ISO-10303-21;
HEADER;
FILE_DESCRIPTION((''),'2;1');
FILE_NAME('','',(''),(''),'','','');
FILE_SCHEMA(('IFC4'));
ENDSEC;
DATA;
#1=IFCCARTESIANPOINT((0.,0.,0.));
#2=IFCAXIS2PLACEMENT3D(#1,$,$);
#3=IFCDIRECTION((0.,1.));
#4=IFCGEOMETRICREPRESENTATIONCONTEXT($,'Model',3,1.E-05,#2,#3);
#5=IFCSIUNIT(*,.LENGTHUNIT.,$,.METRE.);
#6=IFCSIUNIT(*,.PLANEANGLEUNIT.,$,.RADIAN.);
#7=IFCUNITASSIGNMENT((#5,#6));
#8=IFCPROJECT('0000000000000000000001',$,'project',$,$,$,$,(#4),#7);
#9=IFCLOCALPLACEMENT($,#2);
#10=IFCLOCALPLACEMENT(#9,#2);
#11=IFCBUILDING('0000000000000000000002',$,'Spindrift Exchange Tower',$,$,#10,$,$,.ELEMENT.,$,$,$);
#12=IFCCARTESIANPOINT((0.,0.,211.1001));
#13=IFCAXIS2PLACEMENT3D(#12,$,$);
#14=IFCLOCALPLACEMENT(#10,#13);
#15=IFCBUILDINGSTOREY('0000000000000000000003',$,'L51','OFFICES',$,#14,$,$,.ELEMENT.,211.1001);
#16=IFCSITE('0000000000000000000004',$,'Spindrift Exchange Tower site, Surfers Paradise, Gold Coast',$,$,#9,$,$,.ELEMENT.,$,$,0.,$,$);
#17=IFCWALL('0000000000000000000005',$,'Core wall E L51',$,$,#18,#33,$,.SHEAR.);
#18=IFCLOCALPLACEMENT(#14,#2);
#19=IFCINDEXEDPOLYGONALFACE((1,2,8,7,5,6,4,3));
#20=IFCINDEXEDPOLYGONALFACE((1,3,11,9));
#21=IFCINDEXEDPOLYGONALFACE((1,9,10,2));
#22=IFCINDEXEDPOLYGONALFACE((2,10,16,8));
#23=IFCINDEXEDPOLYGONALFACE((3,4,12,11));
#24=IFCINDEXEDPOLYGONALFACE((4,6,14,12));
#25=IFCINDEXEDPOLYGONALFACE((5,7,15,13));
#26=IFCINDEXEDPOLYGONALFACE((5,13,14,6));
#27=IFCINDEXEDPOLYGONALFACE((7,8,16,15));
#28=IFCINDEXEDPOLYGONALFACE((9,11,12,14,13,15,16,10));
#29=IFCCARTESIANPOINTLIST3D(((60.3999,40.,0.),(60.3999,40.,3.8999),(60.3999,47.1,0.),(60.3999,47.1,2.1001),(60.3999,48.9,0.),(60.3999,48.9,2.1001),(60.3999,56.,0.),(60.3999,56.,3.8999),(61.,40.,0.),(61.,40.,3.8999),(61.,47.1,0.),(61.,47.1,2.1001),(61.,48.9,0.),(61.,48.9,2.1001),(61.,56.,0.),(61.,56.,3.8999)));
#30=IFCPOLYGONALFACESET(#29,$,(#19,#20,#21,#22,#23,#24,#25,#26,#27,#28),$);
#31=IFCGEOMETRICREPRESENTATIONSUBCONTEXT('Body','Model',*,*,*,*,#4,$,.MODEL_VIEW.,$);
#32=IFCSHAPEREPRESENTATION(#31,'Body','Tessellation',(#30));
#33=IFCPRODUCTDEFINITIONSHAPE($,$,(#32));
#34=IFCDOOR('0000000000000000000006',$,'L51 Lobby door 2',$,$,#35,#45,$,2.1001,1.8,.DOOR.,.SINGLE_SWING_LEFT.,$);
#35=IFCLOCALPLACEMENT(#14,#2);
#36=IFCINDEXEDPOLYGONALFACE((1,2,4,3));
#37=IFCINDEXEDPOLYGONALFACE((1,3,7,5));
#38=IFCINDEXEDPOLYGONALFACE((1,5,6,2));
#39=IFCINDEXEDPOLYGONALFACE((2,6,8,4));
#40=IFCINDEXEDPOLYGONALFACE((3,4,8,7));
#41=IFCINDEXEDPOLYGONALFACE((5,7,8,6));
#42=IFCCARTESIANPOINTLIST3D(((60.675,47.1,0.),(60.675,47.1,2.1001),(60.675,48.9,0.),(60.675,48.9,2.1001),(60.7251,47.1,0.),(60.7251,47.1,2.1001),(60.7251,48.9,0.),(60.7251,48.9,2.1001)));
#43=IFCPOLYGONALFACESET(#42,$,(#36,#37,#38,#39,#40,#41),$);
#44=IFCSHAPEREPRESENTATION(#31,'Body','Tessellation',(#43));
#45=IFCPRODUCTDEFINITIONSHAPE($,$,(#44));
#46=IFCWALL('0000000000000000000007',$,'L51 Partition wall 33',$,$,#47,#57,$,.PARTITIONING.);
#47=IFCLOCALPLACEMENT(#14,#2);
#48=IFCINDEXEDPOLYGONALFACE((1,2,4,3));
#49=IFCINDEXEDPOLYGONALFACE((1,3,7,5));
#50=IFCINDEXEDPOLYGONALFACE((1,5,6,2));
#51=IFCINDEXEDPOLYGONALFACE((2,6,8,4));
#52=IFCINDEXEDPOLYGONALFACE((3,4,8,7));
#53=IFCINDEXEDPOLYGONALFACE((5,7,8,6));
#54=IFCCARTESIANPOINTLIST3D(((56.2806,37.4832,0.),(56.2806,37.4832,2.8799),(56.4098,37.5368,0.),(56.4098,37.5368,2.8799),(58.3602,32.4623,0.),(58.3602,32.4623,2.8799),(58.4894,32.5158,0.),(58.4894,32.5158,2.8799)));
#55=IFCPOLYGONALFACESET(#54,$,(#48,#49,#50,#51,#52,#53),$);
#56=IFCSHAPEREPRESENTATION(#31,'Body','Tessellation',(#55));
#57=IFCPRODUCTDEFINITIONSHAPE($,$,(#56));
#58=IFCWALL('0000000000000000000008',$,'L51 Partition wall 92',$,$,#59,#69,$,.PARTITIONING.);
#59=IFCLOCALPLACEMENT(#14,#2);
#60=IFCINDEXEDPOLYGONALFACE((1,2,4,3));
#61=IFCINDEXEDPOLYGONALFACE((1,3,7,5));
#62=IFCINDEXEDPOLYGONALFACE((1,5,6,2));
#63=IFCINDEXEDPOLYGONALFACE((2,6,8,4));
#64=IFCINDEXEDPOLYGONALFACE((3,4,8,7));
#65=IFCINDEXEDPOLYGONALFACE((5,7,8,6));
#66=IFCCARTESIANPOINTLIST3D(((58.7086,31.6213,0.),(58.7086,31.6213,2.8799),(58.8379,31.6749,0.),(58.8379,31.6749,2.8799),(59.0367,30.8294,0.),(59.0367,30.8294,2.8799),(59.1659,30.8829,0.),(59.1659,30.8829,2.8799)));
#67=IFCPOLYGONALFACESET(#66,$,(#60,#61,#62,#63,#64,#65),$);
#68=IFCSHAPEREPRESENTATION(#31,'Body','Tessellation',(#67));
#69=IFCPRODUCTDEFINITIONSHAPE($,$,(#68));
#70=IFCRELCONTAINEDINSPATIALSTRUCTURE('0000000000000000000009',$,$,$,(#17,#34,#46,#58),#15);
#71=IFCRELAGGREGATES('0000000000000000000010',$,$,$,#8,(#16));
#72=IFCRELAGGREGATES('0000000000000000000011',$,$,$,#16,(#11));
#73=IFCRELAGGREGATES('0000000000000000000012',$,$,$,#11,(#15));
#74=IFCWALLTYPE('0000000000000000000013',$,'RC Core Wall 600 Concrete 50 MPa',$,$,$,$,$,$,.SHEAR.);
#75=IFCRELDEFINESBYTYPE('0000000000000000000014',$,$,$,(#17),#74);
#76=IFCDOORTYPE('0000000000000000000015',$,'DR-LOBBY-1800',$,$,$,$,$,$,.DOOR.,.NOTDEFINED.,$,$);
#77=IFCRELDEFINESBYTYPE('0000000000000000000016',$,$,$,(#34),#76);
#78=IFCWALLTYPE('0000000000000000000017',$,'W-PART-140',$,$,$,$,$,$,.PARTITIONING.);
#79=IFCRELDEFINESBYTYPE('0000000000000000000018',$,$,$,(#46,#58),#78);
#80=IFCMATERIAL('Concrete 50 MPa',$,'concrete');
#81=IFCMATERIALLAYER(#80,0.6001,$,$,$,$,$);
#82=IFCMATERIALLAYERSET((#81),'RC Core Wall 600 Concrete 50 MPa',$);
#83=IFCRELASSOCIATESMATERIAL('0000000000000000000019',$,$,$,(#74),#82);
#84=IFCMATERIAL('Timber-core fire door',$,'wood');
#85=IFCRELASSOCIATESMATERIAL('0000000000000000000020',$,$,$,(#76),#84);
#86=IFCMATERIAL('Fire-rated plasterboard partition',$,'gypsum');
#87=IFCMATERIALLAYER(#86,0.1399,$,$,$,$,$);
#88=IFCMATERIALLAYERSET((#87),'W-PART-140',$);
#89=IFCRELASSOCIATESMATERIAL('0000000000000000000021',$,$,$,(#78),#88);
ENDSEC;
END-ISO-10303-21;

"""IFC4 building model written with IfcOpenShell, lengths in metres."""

from ifc_helpers import new_model, si_unit, direction, frame, frame_2d, origin, place, context, subcontext, project, spatial, rectangle, extrude, source, transform, mapped, material, layer, layer_set, type_object, element, fill, save


model = new_model("IFC4")

# Units and contexts
model_context = context("Model", 3, precision=1e-05, world=origin(), true_north=direction((0.0, 1.0)))
body_context = subcontext(model_context, "Body", "Model", "MODEL_VIEW")
ifc_project = project(units=[si_unit("LENGTHUNIT", "METRE"), si_unit("PLANEANGLEUNIT", "RADIAN")], contexts=[model_context])

# Site, building, storey
site_placement = place(None, origin())
site = spatial("IfcSite", under=ifc_project, at=site_placement, Name="Spindrift Exchange Tower site, Surfers Paradise, Gold Coast", CompositionType="ELEMENT", RefElevation=0.0)
building_placement = place(site_placement, origin())
building = spatial("IfcBuilding", under=site, at=building_placement, Name="Spindrift Exchange Tower", CompositionType="ELEMENT")
storey_placement = place(building_placement, frame((0.0, 0.0, 211.1001)))
storey = spatial("IfcBuildingStorey", under=building, at=storey_placement, Name="L51", Description="OFFICES", CompositionType="ELEMENT", Elevation=211.1001)

# Shared definitions
ifc_material_1 = material(Name="Concrete 50 MPa", Category="concrete")

# Wall, opening, door
ifc_layer_1 = layer(ifc_material_1, 0.6001)
ifc_layer_set_1 = layer_set([ifc_layer_1], Name="RC Core Wall 600 Concrete 50 MPa")
wall_type_1 = type_object("IfcWallType", Name="RC Core Wall 600 Concrete 50 MPa", PredefinedType="SHEAR", material=ifc_layer_set_1)
wall_1_placement = place(storey_placement, frame((60.7, 40.0, 0.0), z_axis=(0.0, 0.0, 1.0), x_axis=(0.0, 1.0, 0.0)))
wall_1 = element("IfcWall", 1, at=wall_1_placement, inside=storey, type_object=wall_type_1, Name="Core wall E L51", PredefinedType="SHEAR", context=body_context, shape_type="SweptSolid", body=[
    extrude(rectangle(XDim=16.0, YDim=0.6001, at=frame_2d((8.0, 0.0))), origin(), (0.0, 0.0, 1.0), 3.8999),
])
opening_placement = place(wall_1_placement, frame((7.1001, 0.0, 0.0)))
opening = element("IfcOpeningElement", 2, at=opening_placement, cuts=wall_1, PredefinedType="OPENING", context=body_context, shape_type="SweptSolid", body=[
    extrude(rectangle(XDim=1.8, YDim=2.1001, at=frame_2d((0.8999, 1.05))), frame((0.0, 0.3101, 0.0), z_axis=(0.0, -1.0, 0.0), x_axis=(1.0, 0.0, 0.0)), (0.0, 0.0, 1.0), 0.6201),
])
ifc_material_2 = material(Name="Timber-core fire door", Category="wood")
door_type = type_object("IfcDoorType", Name="DR-LOBBY-1800", OperationType="NOTDEFINED", PredefinedType="DOOR", material=ifc_material_2)
shared_shape_1 = source(origin(), body_context, "Body", "SweptSolid", [
    extrude(rectangle(XDim=1.8, YDim=2.1001, at=frame_2d((0.8999, 1.05))), frame((0.0, 0.0249, 0.0), z_axis=(0.0, -1.0, 0.0), x_axis=(1.0, 0.0, 0.0)), (0.0, 0.0, 1.0), 0.05),
])
door_placement = place(opening_placement, origin())
door = element("IfcDoor", 3, at=door_placement, inside=storey, type_object=door_type, Name="L51 Lobby door 2", OperationType="SINGLE_SWING_LEFT", OverallHeight=2.1001, OverallWidth=1.8, PredefinedType="DOOR", context=body_context, shape_type="MappedRepresentation", body=[
    mapped(shared_shape_1, transform((0.0, 0.0, 0.0), scale=1.0)),
])
fill(opening, door)

# Walls
ifc_material_3 = material(Name="Fire-rated plasterboard partition", Category="gypsum")
ifc_layer_2 = layer(ifc_material_3, 0.1399)
ifc_layer_set_2 = layer_set([ifc_layer_2], Name="W-PART-140")
wall_type_2 = type_object("IfcWallType", Name="W-PART-140", PredefinedType="PARTITIONING", material=ifc_layer_set_2)
wall_2_placement = place(storey_placement, frame((56.3452, 37.51, 0.0), z_axis=(0.0, 0.0, 1.0), x_axis=(0.382656, -0.923891, 0.0)))
element("IfcWall", 4, at=wall_2_placement, inside=storey, type_object=wall_type_2, Name="L51 Partition wall 33", PredefinedType="PARTITIONING", context=body_context, shape_type="SweptSolid", body=[
    extrude(rectangle(XDim=5.4346, YDim=0.1399, at=frame_2d((2.7173, 0.0))), origin(), (0.0, 0.0, 1.0), 2.8799),
])
wall_3_placement = place(storey_placement, frame((58.7732, 31.6482, 0.0), z_axis=(0.0, 0.0, 1.0), x_axis=(0.382754, -0.92385, 0.0)))
element("IfcWall", 5, at=wall_3_placement, inside=storey, type_object=wall_type_2, Name="L51 Partition wall 92", PredefinedType="PARTITIONING", context=body_context, shape_type="SweptSolid", body=[
    extrude(rectangle(XDim=0.8572, YDim=0.1399, at=frame_2d((0.4287, 0.0))), origin(), (0.0, 0.0, 1.0), 2.8799),
])

save(model, "model.ifc")
